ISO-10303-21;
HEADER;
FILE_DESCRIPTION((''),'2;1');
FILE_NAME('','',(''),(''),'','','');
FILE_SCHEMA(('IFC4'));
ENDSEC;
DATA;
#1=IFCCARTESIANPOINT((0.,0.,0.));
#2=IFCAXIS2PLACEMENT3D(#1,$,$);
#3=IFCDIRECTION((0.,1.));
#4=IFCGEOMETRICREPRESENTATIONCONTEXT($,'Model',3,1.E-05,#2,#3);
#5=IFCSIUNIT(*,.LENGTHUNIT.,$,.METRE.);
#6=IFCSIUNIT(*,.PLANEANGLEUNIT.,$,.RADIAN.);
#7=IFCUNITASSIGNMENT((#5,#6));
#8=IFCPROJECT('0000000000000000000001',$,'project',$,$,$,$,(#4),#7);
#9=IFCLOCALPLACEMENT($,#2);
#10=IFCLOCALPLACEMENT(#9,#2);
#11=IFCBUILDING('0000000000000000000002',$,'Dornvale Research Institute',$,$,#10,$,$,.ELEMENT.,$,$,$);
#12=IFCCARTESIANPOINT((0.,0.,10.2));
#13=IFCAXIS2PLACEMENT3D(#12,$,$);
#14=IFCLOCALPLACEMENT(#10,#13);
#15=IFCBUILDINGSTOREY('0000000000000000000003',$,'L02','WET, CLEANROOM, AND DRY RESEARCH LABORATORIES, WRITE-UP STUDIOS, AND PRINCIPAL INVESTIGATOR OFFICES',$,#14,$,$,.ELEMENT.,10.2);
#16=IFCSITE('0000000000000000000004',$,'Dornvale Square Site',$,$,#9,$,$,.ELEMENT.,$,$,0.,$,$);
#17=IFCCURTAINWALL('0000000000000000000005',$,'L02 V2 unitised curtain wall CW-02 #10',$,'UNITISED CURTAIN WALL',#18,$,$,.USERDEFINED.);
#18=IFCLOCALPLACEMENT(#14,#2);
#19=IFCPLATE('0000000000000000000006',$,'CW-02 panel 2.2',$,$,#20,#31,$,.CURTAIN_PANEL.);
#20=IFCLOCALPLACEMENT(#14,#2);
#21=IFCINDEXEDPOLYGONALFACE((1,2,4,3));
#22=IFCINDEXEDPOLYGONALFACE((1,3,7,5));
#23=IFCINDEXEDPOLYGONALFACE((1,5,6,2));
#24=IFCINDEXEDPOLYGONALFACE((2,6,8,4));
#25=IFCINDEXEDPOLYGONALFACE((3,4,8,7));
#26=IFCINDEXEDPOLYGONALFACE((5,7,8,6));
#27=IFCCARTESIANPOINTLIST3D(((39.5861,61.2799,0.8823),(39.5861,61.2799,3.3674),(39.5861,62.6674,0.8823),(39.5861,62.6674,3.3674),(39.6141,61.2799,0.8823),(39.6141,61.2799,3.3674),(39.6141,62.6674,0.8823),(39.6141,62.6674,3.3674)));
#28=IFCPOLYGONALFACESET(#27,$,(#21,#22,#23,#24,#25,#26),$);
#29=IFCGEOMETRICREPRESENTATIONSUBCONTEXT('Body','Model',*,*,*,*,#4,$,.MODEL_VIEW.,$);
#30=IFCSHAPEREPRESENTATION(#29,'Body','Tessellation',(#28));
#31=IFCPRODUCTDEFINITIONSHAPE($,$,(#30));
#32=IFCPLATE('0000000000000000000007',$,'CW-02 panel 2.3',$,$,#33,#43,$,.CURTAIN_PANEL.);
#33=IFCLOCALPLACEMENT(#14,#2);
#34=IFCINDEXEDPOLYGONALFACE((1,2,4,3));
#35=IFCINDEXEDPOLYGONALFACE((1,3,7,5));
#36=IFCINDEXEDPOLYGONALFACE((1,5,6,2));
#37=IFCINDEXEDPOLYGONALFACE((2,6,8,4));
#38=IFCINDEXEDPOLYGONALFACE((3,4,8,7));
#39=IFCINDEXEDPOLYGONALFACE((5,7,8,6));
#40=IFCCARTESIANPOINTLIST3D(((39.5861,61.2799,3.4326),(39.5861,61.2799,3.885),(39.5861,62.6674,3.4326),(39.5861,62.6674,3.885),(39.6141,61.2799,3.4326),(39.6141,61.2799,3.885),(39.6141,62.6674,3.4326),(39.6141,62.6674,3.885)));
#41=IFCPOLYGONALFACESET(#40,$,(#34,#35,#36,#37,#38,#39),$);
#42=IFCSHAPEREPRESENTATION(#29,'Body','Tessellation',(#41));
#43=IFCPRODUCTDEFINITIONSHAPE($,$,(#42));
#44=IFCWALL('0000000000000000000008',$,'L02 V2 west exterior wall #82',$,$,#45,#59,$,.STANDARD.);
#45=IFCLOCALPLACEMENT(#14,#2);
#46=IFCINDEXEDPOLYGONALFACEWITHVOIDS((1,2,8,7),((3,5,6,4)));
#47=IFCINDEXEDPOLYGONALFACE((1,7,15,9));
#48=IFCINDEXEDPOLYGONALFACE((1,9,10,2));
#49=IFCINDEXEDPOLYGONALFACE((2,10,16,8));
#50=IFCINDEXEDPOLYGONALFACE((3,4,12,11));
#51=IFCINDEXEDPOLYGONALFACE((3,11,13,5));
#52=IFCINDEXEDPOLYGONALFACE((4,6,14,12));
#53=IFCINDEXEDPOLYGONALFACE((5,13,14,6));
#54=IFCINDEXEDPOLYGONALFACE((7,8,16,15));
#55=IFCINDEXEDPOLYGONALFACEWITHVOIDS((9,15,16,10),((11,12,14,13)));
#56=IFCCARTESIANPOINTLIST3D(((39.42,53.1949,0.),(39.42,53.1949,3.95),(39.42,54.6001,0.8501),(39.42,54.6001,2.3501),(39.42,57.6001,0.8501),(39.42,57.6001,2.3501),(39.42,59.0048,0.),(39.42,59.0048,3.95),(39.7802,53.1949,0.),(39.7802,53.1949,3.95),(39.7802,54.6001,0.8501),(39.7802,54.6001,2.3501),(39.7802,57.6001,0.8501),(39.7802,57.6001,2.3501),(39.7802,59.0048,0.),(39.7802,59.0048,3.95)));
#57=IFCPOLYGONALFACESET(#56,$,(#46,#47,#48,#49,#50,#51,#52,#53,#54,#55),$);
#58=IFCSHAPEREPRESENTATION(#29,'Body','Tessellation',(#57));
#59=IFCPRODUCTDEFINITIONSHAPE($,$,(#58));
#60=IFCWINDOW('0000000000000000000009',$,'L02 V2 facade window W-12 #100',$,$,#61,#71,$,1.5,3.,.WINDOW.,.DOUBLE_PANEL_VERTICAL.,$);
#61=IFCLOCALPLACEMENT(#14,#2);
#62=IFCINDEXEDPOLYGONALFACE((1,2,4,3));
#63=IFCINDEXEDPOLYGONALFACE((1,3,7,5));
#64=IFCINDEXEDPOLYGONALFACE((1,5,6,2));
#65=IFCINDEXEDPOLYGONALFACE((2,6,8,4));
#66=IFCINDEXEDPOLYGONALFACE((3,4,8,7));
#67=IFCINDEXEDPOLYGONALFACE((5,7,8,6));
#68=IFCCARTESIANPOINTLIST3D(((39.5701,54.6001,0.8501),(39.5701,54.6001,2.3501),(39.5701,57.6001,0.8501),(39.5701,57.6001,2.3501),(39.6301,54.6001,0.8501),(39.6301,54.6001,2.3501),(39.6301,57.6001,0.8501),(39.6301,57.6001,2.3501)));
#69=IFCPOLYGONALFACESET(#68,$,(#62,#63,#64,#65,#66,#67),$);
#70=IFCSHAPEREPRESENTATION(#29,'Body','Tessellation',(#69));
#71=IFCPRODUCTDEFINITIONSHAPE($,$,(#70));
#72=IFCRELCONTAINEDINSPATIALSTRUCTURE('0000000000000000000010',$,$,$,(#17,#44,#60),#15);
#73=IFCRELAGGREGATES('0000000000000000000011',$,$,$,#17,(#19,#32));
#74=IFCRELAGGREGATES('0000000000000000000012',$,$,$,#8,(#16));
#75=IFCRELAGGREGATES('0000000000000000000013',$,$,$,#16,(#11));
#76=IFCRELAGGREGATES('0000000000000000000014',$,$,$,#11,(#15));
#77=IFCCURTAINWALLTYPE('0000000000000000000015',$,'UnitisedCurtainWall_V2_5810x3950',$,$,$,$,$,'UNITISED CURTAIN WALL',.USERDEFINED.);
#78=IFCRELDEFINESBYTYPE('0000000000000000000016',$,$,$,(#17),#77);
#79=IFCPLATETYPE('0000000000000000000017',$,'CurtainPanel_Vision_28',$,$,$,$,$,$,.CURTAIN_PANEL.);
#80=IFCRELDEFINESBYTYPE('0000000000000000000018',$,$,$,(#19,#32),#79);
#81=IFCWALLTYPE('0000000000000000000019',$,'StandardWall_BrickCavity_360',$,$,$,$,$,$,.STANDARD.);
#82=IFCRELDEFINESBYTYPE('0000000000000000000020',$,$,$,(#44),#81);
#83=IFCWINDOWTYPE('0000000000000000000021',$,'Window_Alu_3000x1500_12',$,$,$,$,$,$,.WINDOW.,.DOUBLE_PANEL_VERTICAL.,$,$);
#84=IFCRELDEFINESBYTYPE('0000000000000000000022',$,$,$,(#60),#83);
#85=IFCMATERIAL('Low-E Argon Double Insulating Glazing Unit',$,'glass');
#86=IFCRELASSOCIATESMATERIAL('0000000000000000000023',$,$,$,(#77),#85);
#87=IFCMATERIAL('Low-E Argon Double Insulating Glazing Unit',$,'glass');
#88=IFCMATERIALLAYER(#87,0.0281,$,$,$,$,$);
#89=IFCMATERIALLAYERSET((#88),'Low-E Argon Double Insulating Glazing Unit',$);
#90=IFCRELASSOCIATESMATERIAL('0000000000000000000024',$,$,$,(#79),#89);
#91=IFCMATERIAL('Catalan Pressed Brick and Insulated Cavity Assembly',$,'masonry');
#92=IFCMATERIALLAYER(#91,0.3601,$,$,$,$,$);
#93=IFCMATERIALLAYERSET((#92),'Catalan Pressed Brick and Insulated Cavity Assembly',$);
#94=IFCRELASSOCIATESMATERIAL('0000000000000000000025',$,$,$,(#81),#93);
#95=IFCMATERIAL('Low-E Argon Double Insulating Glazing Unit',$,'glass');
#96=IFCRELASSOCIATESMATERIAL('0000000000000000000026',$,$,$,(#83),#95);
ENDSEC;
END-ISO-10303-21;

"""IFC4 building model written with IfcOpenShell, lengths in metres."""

from ifc_helpers import new_model, si_unit, direction, frame, frame_2d, origin, origin_2d, place, context, subcontext, project, spatial, rectangle, extrude, material, layer, layer_set, type_object, element, fill, aggregate, save


model = new_model("IFC4")

# Units and contexts
model_context = context("Model", 3, precision=1e-05, world=origin(), true_north=direction((0.0, 1.0)))
body_context = subcontext(model_context, "Body", "Model", "MODEL_VIEW")
ifc_project = project(units=[si_unit("LENGTHUNIT", "METRE"), si_unit("PLANEANGLEUNIT", "RADIAN")], contexts=[model_context])

# Site, building, storey
site_placement = place(None, origin())
site = spatial("IfcSite", under=ifc_project, at=site_placement, Name="Dornvale Square Site", CompositionType="ELEMENT", RefElevation=0.0)
building_placement = place(site_placement, origin())
building = spatial("IfcBuilding", under=site, at=building_placement, Name="Dornvale Research Institute", CompositionType="ELEMENT")
storey_placement = place(building_placement, frame((0.0, 0.0, 10.2)))
storey = spatial("IfcBuildingStorey", under=building, at=storey_placement, Name="L02", Description="WET, CLEANROOM, AND DRY RESEARCH LABORATORIES, WRITE-UP STUDIOS, AND PRINCIPAL INVESTIGATOR OFFICES", CompositionType="ELEMENT", Elevation=10.2)

# Curtain wall
ifc_material_1 = material(Name="Low-E Argon Double Insulating Glazing Unit", Category="glass")
curtain_wall_type = type_object("IfcCurtainWallType", Name="UnitisedCurtainWall_V2_5810x3950", ElementType="UNITISED CURTAIN WALL", PredefinedType="USERDEFINED", material=ifc_material_1)
curtain_wall_placement = place(storey_placement, origin())
curtain_wall = element("IfcCurtainWall", 1, at=curtain_wall_placement, inside=storey, type_object=curtain_wall_type, Name="L02 V2 unitised curtain wall CW-02 #10", ObjectType="UNITISED CURTAIN WALL", PredefinedType="USERDEFINED")

# Plates
ifc_material_2 = material(Name="Low-E Argon Double Insulating Glazing Unit", Category="glass")
ifc_layer_1 = layer(ifc_material_2, 0.0281)
ifc_layer_set_1 = layer_set([ifc_layer_1], Name="Low-E Argon Double Insulating Glazing Unit")
plate_type_1 = type_object("IfcPlateType", Name="CurtainPanel_Vision_28", PredefinedType="CURTAIN_PANEL", material=ifc_layer_set_1)
plate_1_placement = place(storey_placement, frame((39.6001, 61.9736, 0.8823), z_axis=(0.0, 0.0, 1.0), x_axis=(0.0, 1.0, 0.0)))
plate_1 = element("IfcPlate", 2, at=plate_1_placement, type_object=plate_type_1, Name="CW-02 panel 2.2", PredefinedType="CURTAIN_PANEL", context=body_context, shape_type="SweptSolid", body=[
    extrude(rectangle(XDim=1.3875, YDim=0.0281, at=origin_2d()), origin(), (0.0, 0.0, 1.0), 2.4851),
])
plate_2_placement = place(storey_placement, frame((39.6001, 61.9736, 3.4326), z_axis=(0.0, 0.0, 1.0), x_axis=(0.0, 1.0, 0.0)))
plate_2 = element("IfcPlate", 3, at=plate_2_placement, type_object=plate_type_1, Name="CW-02 panel 2.3", PredefinedType="CURTAIN_PANEL", context=body_context, shape_type="SweptSolid", body=[
    extrude(rectangle(XDim=1.3875, YDim=0.0281, at=origin_2d()), origin(), (0.0, 0.0, 1.0), 0.4524),
])
aggregate(curtain_wall, [plate_1, plate_2])

# Wall, opening, window
ifc_material_3 = material(Name="Catalan Pressed Brick and Insulated Cavity Assembly", Category="masonry")
ifc_layer_2 = layer(ifc_material_3, 0.3601)
ifc_layer_set_2 = layer_set([ifc_layer_2], Name="Catalan Pressed Brick and Insulated Cavity Assembly")
wall_type = type_object("IfcWallType", Name="StandardWall_BrickCavity_360", PredefinedType="STANDARD", material=ifc_layer_set_2)
wall_placement = place(storey_placement, frame((39.6001, 53.1951, 0.0), z_axis=(0.0, 0.0, 1.0), x_axis=(0.0, 1.0, 0.0)))
wall = element("IfcWall", 4, at=wall_placement, inside=storey, type_object=wall_type, Name="L02 V2 west exterior wall #82", PredefinedType="STANDARD", context=body_context, shape_type="SweptSolid", body=[
    extrude(rectangle(XDim=5.8098, YDim=0.3601, at=frame_2d((2.9048, 0.0))), origin(), (0.0, 0.0, 1.0), 3.95),
])
opening_placement = place(wall_placement, frame((1.405, 0.0, 0.8501)))
opening = element("IfcOpeningElement", 5, at=opening_placement, cuts=wall, PredefinedType="OPENING", context=body_context, shape_type="SweptSolid", body=[
    extrude(rectangle(XDim=3.0, YDim=1.5, at=frame_2d((1.5, 0.75))), frame((0.0, 0.1951, 0.0), z_axis=(0.0, -1.0, 0.0), x_axis=(1.0, 0.0, 0.0)), (0.0, 0.0, 1.0), 0.3901),
])
ifc_material_4 = material(Name="Low-E Argon Double Insulating Glazing Unit", Category="glass")
window_type = type_object("IfcWindowType", Name="Window_Alu_3000x1500_12", PartitioningType="DOUBLE_PANEL_VERTICAL", PredefinedType="WINDOW", material=ifc_material_4)
window_placement = place(opening_placement, origin())
window = element("IfcWindow", 6, at=window_placement, inside=storey, type_object=window_type, Name="L02 V2 facade window W-12 #100", OverallHeight=1.5, OverallWidth=3.0, PartitioningType="DOUBLE_PANEL_VERTICAL", PredefinedType="WINDOW", context=body_context, shape_type="SweptSolid", body=[
    extrude(rectangle(XDim=3.0, YDim=1.5, at=frame_2d((1.5, 0.75))), frame((0.0, 0.03, 0.0), z_axis=(0.0, -1.0, 0.0), x_axis=(1.0, 0.0, 0.0)), (0.0, 0.0, 1.0), 0.0601),
])
fill(opening, window)

save(model, "model.ifc")
